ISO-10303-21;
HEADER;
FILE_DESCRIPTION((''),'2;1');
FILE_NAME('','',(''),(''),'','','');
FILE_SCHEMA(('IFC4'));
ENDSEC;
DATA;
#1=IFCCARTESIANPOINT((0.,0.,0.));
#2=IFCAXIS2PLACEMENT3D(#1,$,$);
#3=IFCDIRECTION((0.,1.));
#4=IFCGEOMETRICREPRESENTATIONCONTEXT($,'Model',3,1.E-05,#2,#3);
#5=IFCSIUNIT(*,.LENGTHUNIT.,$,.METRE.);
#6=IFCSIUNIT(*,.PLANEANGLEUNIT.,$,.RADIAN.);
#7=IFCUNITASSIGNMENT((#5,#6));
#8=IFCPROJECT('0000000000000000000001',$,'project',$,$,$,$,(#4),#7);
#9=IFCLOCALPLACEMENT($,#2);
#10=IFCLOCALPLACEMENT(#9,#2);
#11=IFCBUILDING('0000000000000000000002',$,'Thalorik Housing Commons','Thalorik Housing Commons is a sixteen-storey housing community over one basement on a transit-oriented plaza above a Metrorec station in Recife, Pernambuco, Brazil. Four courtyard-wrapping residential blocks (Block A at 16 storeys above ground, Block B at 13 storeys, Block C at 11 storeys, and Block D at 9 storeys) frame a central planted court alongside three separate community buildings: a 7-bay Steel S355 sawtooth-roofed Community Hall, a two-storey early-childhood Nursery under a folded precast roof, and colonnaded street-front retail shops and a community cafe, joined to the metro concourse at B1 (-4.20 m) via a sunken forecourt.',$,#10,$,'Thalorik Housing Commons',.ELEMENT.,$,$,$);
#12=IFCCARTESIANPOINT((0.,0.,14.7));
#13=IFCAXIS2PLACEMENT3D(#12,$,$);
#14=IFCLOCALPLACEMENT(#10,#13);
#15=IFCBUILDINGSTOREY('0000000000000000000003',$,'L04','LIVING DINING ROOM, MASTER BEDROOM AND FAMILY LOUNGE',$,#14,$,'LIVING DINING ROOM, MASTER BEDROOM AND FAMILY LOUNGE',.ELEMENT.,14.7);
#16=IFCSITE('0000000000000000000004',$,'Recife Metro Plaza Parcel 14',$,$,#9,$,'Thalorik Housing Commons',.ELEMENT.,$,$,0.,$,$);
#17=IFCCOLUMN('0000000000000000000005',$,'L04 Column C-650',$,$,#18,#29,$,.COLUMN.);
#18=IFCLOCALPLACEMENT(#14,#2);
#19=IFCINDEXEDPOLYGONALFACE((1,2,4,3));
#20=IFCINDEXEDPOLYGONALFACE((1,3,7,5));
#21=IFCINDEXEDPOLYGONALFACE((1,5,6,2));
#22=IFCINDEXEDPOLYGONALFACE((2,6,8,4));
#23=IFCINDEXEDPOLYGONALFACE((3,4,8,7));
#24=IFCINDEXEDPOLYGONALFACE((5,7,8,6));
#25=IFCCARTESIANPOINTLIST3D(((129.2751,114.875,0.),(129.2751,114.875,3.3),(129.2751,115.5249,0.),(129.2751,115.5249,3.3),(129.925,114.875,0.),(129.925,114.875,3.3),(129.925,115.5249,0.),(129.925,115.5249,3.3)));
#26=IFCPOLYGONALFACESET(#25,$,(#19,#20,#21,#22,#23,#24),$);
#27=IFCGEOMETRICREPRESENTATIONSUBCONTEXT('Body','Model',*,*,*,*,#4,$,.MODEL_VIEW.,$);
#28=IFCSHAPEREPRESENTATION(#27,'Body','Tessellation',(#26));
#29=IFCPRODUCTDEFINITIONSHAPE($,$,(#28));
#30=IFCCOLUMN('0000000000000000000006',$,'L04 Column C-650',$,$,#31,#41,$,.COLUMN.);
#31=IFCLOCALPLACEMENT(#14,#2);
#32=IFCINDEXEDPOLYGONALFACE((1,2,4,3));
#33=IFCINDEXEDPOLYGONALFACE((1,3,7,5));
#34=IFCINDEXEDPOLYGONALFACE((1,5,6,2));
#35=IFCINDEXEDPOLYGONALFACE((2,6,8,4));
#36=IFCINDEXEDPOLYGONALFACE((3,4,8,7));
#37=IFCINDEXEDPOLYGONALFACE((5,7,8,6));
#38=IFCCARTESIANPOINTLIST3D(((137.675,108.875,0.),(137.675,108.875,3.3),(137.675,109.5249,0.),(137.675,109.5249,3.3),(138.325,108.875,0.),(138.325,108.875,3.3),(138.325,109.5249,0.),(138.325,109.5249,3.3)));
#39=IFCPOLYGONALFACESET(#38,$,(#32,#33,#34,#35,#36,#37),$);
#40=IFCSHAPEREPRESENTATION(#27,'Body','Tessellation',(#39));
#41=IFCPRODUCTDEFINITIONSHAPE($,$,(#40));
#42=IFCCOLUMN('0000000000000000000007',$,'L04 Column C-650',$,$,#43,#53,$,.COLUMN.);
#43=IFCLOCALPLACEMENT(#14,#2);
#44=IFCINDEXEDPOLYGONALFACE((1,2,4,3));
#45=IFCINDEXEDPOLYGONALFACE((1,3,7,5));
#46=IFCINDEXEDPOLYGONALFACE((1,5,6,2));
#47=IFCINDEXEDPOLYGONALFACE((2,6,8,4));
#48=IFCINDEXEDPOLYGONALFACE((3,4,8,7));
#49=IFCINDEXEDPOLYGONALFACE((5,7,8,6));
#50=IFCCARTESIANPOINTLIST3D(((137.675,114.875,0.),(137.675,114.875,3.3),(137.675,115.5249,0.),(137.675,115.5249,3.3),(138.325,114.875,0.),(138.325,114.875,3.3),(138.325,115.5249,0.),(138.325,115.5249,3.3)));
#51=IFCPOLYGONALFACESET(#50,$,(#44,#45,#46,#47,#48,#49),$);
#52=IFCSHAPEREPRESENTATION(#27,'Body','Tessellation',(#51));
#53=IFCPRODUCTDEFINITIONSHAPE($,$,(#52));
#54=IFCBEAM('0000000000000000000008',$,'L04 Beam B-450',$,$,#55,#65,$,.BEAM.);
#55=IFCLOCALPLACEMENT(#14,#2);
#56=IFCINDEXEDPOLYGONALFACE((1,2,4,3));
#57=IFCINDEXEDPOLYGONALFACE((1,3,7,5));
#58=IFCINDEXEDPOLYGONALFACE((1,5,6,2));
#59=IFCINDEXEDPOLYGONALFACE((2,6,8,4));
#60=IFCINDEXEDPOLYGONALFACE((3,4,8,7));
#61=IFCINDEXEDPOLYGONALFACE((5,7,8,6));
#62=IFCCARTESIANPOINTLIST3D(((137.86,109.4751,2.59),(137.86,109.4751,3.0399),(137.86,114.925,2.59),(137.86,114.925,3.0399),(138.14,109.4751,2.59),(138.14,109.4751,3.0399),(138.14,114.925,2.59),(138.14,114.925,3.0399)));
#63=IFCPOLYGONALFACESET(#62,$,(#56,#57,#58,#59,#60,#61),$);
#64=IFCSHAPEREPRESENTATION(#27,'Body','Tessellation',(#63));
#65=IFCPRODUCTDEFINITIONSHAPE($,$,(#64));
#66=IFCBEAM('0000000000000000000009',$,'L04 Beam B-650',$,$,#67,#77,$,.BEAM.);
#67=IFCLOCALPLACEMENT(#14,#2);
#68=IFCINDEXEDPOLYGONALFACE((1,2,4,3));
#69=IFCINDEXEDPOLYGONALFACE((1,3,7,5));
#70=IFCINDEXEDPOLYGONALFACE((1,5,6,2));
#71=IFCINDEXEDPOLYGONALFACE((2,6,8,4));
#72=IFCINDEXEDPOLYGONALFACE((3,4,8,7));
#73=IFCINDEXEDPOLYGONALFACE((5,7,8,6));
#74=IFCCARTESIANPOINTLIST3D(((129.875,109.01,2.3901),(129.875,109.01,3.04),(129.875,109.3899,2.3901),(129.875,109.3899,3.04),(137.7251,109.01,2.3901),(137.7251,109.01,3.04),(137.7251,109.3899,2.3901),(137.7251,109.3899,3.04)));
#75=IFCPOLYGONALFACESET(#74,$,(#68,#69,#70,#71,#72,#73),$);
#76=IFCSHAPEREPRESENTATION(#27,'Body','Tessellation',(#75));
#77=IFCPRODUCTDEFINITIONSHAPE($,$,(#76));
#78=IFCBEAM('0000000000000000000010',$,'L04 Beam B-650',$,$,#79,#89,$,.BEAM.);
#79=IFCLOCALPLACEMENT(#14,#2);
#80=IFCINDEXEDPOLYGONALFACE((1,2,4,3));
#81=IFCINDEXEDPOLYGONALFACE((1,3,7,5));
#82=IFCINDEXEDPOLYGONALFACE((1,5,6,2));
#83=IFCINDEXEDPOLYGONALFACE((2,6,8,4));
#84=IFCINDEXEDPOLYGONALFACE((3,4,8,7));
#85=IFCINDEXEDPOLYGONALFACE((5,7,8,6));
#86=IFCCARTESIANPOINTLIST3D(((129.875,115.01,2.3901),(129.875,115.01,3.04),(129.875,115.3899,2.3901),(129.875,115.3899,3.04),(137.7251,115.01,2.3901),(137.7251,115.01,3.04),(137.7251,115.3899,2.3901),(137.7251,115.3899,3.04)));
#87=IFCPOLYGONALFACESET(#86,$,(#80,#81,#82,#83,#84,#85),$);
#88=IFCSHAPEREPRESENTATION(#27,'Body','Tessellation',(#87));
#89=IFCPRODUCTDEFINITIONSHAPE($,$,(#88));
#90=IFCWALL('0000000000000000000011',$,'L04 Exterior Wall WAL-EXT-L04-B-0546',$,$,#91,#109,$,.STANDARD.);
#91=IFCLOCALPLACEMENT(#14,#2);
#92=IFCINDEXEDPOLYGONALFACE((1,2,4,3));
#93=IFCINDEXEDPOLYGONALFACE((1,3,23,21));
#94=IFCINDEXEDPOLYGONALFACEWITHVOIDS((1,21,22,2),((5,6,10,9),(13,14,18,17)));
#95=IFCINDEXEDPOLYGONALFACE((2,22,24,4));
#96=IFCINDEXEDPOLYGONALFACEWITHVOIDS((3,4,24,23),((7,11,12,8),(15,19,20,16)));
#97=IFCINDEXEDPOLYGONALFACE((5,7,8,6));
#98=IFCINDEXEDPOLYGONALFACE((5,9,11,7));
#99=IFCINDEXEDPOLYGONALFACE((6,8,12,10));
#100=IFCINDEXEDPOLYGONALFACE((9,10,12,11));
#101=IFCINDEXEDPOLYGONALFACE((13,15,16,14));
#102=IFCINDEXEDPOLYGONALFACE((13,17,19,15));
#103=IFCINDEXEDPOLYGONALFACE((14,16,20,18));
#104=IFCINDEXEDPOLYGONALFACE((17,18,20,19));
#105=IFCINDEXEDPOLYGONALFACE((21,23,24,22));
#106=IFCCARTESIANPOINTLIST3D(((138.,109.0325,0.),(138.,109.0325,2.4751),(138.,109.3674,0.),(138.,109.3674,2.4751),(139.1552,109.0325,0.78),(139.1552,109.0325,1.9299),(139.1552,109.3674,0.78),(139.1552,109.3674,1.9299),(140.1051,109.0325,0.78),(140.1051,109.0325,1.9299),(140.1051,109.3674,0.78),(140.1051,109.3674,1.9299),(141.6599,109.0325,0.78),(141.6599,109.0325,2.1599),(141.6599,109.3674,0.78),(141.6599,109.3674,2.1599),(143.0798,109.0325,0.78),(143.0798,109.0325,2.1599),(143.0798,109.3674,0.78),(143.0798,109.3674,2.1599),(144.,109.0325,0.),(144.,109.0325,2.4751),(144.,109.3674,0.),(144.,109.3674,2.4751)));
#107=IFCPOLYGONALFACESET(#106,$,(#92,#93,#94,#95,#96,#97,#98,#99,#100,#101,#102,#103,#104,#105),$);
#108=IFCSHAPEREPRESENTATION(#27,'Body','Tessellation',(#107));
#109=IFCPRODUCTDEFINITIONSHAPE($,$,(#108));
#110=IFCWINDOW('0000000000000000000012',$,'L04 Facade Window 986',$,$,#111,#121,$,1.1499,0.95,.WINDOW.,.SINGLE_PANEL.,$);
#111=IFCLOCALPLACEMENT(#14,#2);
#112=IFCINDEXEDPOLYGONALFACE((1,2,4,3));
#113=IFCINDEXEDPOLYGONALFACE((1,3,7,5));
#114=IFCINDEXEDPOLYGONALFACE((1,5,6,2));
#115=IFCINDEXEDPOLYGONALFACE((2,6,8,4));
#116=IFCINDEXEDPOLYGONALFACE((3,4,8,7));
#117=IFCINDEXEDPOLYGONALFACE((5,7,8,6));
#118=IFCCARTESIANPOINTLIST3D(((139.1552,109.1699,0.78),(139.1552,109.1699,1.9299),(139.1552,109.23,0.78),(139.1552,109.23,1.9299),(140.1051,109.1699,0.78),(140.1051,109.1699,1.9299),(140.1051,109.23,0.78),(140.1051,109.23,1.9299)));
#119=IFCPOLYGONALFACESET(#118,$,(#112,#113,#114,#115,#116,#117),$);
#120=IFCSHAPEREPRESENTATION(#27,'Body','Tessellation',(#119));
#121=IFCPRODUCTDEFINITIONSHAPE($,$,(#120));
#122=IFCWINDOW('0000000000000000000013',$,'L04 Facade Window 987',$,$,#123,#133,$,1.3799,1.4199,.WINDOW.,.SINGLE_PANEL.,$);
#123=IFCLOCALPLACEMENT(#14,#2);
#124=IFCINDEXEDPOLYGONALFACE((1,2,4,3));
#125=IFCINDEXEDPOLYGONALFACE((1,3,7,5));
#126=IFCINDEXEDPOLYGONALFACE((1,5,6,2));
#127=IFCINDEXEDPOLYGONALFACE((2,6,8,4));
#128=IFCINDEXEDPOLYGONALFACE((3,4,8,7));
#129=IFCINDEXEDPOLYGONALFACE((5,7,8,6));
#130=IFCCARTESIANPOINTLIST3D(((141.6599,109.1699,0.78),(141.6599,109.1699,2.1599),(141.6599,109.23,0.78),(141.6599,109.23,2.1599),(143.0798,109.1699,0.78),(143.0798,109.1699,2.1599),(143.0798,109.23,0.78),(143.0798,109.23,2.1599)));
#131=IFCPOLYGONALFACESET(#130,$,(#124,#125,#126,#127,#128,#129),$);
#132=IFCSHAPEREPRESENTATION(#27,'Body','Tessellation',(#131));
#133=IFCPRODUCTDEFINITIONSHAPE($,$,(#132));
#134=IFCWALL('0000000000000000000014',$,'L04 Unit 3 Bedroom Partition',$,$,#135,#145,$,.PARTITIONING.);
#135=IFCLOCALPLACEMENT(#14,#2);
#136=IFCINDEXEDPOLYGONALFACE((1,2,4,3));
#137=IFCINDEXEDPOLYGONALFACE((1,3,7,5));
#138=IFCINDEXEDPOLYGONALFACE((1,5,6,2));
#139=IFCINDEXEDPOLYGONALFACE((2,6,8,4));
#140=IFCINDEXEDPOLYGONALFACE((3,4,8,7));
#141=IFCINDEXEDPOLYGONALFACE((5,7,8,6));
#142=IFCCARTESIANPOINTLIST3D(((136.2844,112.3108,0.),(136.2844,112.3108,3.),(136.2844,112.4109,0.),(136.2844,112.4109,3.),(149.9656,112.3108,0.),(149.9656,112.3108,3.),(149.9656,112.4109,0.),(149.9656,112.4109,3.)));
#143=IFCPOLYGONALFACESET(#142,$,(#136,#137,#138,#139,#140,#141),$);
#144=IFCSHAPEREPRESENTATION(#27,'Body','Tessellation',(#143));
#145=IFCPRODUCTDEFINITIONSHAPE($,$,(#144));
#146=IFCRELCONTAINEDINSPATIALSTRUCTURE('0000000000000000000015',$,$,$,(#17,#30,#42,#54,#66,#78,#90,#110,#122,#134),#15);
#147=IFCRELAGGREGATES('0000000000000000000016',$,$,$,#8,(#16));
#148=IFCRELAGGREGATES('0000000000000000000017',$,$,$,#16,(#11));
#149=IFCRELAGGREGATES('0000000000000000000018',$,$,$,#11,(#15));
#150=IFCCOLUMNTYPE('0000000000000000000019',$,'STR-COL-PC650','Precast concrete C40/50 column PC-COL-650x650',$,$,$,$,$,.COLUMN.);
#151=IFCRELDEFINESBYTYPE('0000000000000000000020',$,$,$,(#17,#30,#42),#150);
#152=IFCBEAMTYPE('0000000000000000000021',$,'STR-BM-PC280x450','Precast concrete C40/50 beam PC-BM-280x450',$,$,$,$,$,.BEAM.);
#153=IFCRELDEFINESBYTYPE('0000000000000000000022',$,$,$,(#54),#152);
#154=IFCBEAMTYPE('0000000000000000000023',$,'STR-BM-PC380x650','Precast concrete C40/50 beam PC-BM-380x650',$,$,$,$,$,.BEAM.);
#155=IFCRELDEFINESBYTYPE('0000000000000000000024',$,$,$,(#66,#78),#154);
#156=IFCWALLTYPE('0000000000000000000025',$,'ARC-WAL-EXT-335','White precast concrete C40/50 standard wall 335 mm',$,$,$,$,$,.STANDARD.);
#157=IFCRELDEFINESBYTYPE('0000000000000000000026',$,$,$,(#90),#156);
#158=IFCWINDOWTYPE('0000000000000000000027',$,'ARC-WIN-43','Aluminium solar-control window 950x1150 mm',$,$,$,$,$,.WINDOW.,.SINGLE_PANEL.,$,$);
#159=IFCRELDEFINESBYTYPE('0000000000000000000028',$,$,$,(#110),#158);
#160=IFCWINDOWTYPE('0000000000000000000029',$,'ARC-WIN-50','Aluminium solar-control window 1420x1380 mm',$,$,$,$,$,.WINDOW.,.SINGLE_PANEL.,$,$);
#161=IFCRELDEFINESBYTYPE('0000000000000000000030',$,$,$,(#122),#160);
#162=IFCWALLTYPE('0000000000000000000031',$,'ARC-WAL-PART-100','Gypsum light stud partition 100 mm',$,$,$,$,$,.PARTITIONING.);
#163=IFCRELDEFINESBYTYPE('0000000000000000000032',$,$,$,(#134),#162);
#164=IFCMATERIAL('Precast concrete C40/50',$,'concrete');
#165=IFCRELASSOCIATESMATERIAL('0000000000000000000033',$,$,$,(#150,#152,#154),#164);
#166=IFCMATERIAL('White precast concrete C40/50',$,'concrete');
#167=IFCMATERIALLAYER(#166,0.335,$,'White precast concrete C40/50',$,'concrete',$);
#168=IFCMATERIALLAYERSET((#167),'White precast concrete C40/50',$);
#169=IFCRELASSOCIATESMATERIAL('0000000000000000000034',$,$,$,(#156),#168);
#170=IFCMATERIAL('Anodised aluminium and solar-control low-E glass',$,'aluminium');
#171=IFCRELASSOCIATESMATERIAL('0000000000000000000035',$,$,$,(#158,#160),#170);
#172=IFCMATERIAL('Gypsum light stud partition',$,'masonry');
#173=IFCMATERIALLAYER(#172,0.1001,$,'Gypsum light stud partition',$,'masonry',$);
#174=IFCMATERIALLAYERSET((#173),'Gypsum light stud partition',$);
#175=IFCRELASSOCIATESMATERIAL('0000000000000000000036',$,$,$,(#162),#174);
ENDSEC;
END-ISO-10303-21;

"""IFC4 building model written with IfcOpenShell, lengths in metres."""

from ifc_helpers import new_model, si_unit, direction, frame, frame_2d, origin, origin_2d, place, context, subcontext, project, spatial, rectangle, extrude, material, layer, layer_set, material_profile, profile_set, type_object, element, fill, save


model = new_model("IFC4")

# Units and contexts
model_context = context("Model", 3, precision=1e-05, world=origin(), true_north=direction((0.0, 1.0)))
body_context = subcontext(model_context, "Body", "Model", "MODEL_VIEW")
ifc_project = project(units=[si_unit("LENGTHUNIT", "METRE"), si_unit("PLANEANGLEUNIT", "RADIAN")], contexts=[model_context])

# Site, building, storey
site_placement = place(None, origin())
site = spatial("IfcSite", under=ifc_project, at=site_placement, Name="Recife Metro Plaza Parcel 14", LongName="Thalorik Housing Commons", CompositionType="ELEMENT", RefElevation=0.0)
building_placement = place(site_placement, origin())
building = spatial("IfcBuilding", under=site, at=building_placement, Name="Thalorik Housing Commons", Description="Thalorik Housing Commons is a sixteen-storey housing community over one basement on a transit-oriented plaza above a Metrorec station in Recife, Pernambuco, Brazil. Four courtyard-wrapping residential blocks (Block A at 16 storeys above ground, Block B at 13 storeys, Block C at 11 storeys, and Block D at 9 storeys) frame a central planted court alongside three separate community buildings: a 7-bay Steel S355 sawtooth-roofed Community Hall, a two-storey early-childhood Nursery under a folded precast roof, and colonnaded street-front retail shops and a community cafe, joined to the metro concourse at B1 (-4.20 m) via a sunken forecourt.", LongName="Thalorik Housing Commons", CompositionType="ELEMENT")
storey_placement = place(building_placement, frame((0.0, 0.0, 14.7)))
storey = spatial("IfcBuildingStorey", under=building, at=storey_placement, Name="L04", Description="LIVING DINING ROOM, MASTER BEDROOM AND FAMILY LOUNGE", LongName="LIVING DINING ROOM, MASTER BEDROOM AND FAMILY LOUNGE", CompositionType="ELEMENT", Elevation=14.7)

# Columns
ifc_material_1 = material(Name="Precast concrete C40/50", Category="concrete")
ifc_material_profile_1 = material_profile(ifc_material_1, rectangle(XDim=0.6499, YDim=0.6499, at=origin_2d()), Name="PC 650x650", Category="concrete")
ifc_profile_set_1 = profile_set([ifc_material_profile_1], Name="Precast concrete C40/50")
column_type = type_object("IfcColumnType", Name="STR-COL-PC650", Description="Precast concrete C40/50 column PC-COL-650x650", PredefinedType="COLUMN", material=ifc_profile_set_1)
for number, where, z_axis, x_axis, name in (
    (1, (129.6001, 115.2, 0.0), (0.0, 0.0, 1.0), (1.0, 0.0, 0.0), "L04 Column C-650"),
    (2, (138.0, 109.2, 0.0), (0.0, 0.0, 1.0), (1.0, 0.0, 0.0), "L04 Column C-650"),
    (3, (138.0, 115.2, 0.0), (0.0, 0.0, 1.0), (1.0, 0.0, 0.0), "L04 Column C-650"),
):
    element("IfcColumn", number, at=place(storey_placement, frame(where, z_axis=z_axis, x_axis=x_axis)), inside=storey, type_object=column_type, Name=name, PredefinedType="COLUMN", context=body_context, shape_type="SweptSolid", body=[
        extrude(rectangle(XDim=0.6499, YDim=0.6499, at=origin_2d()), origin(), (0.0, 0.0, 1.0), 3.3),
    ])

# Beams
ifc_material_profile_2 = material_profile(ifc_material_1, rectangle(XDim=0.28, YDim=0.45, at=origin_2d()), Name="PC 280x450", Category="concrete")
ifc_profile_set_2 = profile_set([ifc_material_profile_2], Name="Precast concrete C40/50")
beam_type_1 = type_object("IfcBeamType", Name="STR-BM-PC280x450", Description="Precast concrete C40/50 beam PC-BM-280x450", PredefinedType="BEAM", material=ifc_profile_set_2)
beam_placement = place(storey_placement, frame((138.0, 109.4751, 2.8149), z_axis=(0.0, 1.0, 0.0), x_axis=(-1.0, 0.0, 0.0)))
element("IfcBeam", 4, at=beam_placement, inside=storey, type_object=beam_type_1, Name="L04 Beam B-450", PredefinedType="BEAM", context=body_context, shape_type="SweptSolid", body=[
    extrude(rectangle(XDim=0.28, YDim=0.45, at=origin_2d()), origin(), (0.0, 0.0, 1.0), 5.45),
])
ifc_material_profile_3 = material_profile(ifc_material_1, rectangle(XDim=0.3799, YDim=0.6499, at=origin_2d()), Name="PC 380x650", Category="concrete")
ifc_profile_set_3 = profile_set([ifc_material_profile_3], Name="Precast concrete C40/50")
beam_type_2 = type_object("IfcBeamType", Name="STR-BM-PC380x650", Description="Precast concrete C40/50 beam PC-BM-380x650", PredefinedType="BEAM", material=ifc_profile_set_3)
for number, where, z_axis, x_axis, name in (
    (5, (129.875, 109.2, 2.7151), (1.0, 0.0, 0.0), (0.0, 1.0, 0.0), "L04 Beam B-650"),
    (6, (129.875, 115.2, 2.7151), (1.0, 0.0, 0.0), (0.0, 1.0, 0.0), "L04 Beam B-650"),
):
    element("IfcBeam", number, at=place(storey_placement, frame(where, z_axis=z_axis, x_axis=x_axis)), inside=storey, type_object=beam_type_2, Name=name, PredefinedType="BEAM", context=body_context, shape_type="SweptSolid", body=[
        extrude(rectangle(XDim=0.3799, YDim=0.6499, at=origin_2d()), origin(), (0.0, 0.0, 1.0), 7.8501),
    ])

# Wall, openings, windows
ifc_material_2 = material(Name="White precast concrete C40/50", Category="concrete")
ifc_layer_1 = layer(ifc_material_2, 0.335, Name="White precast concrete C40/50", Category="concrete")
ifc_layer_set_1 = layer_set([ifc_layer_1], Name="White precast concrete C40/50")
wall_type_1 = type_object("IfcWallType", Name="ARC-WAL-EXT-335", Description="White precast concrete C40/50 standard wall 335 mm", PredefinedType="STANDARD", material=ifc_layer_set_1)
wall_1_placement = place(storey_placement, frame((138.0, 109.2, 0.0), z_axis=(0.0, 0.0, 1.0), x_axis=(1.0, 0.0, 0.0)))
wall_1 = element("IfcWall", 7, at=wall_1_placement, inside=storey, type_object=wall_type_1, Name="L04 Exterior Wall WAL-EXT-L04-B-0546", PredefinedType="STANDARD", context=body_context, shape_type="SweptSolid", body=[
    extrude(rectangle(XDim=6.0, YDim=0.335, at=frame_2d((3.0, 0.0))), origin(), (0.0, 0.0, 1.0), 2.4751),
])
opening_1_placement = place(wall_1_placement, frame((1.155, 0.0, 0.78)))
opening_1 = element("IfcOpeningElement", 8, at=opening_1_placement, cuts=wall_1, PredefinedType="OPENING", context=body_context, shape_type="SweptSolid", body=[
    extrude(rectangle(XDim=0.95, YDim=1.1499, at=frame_2d((0.4751, 0.575))), frame((0.0, 0.1775, 0.0), z_axis=(0.0, -1.0, 0.0), x_axis=(1.0, 0.0, 0.0)), (0.0, 0.0, 1.0), 0.355),
])
opening_2_placement = place(wall_1_placement, frame((3.6599, 0.0, 0.78)))
opening_2 = element("IfcOpeningElement", 9, at=opening_2_placement, cuts=wall_1, PredefinedType="OPENING", context=body_context, shape_type="SweptSolid", body=[
    extrude(rectangle(XDim=1.4199, YDim=1.3799, at=frame_2d((0.71, 0.6899))), frame((0.0, 0.1775, 0.0), z_axis=(0.0, -1.0, 0.0), x_axis=(1.0, 0.0, 0.0)), (0.0, 0.0, 1.0), 0.355),
])
ifc_material_3 = material(Name="Anodised aluminium and solar-control low-E glass", Category="aluminium")
window_type_1 = type_object("IfcWindowType", Name="ARC-WIN-43", Description="Aluminium solar-control window 950x1150 mm", PartitioningType="SINGLE_PANEL", PredefinedType="WINDOW", material=ifc_material_3)
window_1_placement = place(opening_1_placement, origin())
window_1 = element("IfcWindow", 10, at=window_1_placement, inside=storey, type_object=window_type_1, Name="L04 Facade Window 986", OverallHeight=1.1499, OverallWidth=0.95, PartitioningType="SINGLE_PANEL", PredefinedType="WINDOW", context=body_context, shape_type="SweptSolid", body=[
    extrude(rectangle(XDim=0.95, YDim=1.1499, at=frame_2d((0.4751, 0.575))), frame((0.0, 0.03, 0.0), z_axis=(0.0, -1.0, 0.0), x_axis=(1.0, 0.0, 0.0)), (0.0, 0.0, 1.0), 0.0601),
])
fill(opening_1, window_1)
window_type_2 = type_object("IfcWindowType", Name="ARC-WIN-50", Description="Aluminium solar-control window 1420x1380 mm", PartitioningType="SINGLE_PANEL", PredefinedType="WINDOW", material=ifc_material_3)
window_2_placement = place(opening_2_placement, origin())
window_2 = element("IfcWindow", 11, at=window_2_placement, inside=storey, type_object=window_type_2, Name="L04 Facade Window 987", OverallHeight=1.3799, OverallWidth=1.4199, PartitioningType="SINGLE_PANEL", PredefinedType="WINDOW", context=body_context, shape_type="SweptSolid", body=[
    extrude(rectangle(XDim=1.4199, YDim=1.3799, at=frame_2d((0.71, 0.6899))), frame((0.0, 0.03, 0.0), z_axis=(0.0, -1.0, 0.0), x_axis=(1.0, 0.0, 0.0)), (0.0, 0.0, 1.0), 0.0601),
])
fill(opening_2, window_2)

# Wall
ifc_material_4 = material(Name="Gypsum light stud partition", Category="masonry")
ifc_layer_2 = layer(ifc_material_4, 0.1001, Name="Gypsum light stud partition", Category="masonry")
ifc_layer_set_2 = layer_set([ifc_layer_2], Name="Gypsum light stud partition")
wall_type_2 = type_object("IfcWallType", Name="ARC-WAL-PART-100", Description="Gypsum light stud partition 100 mm", PredefinedType="PARTITIONING", material=ifc_layer_set_2)
wall_2_placement = place(storey_placement, frame((136.2844, 112.3608, 0.0), z_axis=(0.0, 0.0, 1.0), x_axis=(1.0, 0.0, 0.0)))
element("IfcWall", 12, at=wall_2_placement, inside=storey, type_object=wall_type_2, Name="L04 Unit 3 Bedroom Partition", PredefinedType="PARTITIONING", context=body_context, shape_type="SweptSolid", body=[
    extrude(rectangle(XDim=13.6812, YDim=0.1001, at=frame_2d((6.8406, 0.0))), origin(), (0.0, 0.0, 1.0), 3.0),
])

save(model, "model.ifc")
